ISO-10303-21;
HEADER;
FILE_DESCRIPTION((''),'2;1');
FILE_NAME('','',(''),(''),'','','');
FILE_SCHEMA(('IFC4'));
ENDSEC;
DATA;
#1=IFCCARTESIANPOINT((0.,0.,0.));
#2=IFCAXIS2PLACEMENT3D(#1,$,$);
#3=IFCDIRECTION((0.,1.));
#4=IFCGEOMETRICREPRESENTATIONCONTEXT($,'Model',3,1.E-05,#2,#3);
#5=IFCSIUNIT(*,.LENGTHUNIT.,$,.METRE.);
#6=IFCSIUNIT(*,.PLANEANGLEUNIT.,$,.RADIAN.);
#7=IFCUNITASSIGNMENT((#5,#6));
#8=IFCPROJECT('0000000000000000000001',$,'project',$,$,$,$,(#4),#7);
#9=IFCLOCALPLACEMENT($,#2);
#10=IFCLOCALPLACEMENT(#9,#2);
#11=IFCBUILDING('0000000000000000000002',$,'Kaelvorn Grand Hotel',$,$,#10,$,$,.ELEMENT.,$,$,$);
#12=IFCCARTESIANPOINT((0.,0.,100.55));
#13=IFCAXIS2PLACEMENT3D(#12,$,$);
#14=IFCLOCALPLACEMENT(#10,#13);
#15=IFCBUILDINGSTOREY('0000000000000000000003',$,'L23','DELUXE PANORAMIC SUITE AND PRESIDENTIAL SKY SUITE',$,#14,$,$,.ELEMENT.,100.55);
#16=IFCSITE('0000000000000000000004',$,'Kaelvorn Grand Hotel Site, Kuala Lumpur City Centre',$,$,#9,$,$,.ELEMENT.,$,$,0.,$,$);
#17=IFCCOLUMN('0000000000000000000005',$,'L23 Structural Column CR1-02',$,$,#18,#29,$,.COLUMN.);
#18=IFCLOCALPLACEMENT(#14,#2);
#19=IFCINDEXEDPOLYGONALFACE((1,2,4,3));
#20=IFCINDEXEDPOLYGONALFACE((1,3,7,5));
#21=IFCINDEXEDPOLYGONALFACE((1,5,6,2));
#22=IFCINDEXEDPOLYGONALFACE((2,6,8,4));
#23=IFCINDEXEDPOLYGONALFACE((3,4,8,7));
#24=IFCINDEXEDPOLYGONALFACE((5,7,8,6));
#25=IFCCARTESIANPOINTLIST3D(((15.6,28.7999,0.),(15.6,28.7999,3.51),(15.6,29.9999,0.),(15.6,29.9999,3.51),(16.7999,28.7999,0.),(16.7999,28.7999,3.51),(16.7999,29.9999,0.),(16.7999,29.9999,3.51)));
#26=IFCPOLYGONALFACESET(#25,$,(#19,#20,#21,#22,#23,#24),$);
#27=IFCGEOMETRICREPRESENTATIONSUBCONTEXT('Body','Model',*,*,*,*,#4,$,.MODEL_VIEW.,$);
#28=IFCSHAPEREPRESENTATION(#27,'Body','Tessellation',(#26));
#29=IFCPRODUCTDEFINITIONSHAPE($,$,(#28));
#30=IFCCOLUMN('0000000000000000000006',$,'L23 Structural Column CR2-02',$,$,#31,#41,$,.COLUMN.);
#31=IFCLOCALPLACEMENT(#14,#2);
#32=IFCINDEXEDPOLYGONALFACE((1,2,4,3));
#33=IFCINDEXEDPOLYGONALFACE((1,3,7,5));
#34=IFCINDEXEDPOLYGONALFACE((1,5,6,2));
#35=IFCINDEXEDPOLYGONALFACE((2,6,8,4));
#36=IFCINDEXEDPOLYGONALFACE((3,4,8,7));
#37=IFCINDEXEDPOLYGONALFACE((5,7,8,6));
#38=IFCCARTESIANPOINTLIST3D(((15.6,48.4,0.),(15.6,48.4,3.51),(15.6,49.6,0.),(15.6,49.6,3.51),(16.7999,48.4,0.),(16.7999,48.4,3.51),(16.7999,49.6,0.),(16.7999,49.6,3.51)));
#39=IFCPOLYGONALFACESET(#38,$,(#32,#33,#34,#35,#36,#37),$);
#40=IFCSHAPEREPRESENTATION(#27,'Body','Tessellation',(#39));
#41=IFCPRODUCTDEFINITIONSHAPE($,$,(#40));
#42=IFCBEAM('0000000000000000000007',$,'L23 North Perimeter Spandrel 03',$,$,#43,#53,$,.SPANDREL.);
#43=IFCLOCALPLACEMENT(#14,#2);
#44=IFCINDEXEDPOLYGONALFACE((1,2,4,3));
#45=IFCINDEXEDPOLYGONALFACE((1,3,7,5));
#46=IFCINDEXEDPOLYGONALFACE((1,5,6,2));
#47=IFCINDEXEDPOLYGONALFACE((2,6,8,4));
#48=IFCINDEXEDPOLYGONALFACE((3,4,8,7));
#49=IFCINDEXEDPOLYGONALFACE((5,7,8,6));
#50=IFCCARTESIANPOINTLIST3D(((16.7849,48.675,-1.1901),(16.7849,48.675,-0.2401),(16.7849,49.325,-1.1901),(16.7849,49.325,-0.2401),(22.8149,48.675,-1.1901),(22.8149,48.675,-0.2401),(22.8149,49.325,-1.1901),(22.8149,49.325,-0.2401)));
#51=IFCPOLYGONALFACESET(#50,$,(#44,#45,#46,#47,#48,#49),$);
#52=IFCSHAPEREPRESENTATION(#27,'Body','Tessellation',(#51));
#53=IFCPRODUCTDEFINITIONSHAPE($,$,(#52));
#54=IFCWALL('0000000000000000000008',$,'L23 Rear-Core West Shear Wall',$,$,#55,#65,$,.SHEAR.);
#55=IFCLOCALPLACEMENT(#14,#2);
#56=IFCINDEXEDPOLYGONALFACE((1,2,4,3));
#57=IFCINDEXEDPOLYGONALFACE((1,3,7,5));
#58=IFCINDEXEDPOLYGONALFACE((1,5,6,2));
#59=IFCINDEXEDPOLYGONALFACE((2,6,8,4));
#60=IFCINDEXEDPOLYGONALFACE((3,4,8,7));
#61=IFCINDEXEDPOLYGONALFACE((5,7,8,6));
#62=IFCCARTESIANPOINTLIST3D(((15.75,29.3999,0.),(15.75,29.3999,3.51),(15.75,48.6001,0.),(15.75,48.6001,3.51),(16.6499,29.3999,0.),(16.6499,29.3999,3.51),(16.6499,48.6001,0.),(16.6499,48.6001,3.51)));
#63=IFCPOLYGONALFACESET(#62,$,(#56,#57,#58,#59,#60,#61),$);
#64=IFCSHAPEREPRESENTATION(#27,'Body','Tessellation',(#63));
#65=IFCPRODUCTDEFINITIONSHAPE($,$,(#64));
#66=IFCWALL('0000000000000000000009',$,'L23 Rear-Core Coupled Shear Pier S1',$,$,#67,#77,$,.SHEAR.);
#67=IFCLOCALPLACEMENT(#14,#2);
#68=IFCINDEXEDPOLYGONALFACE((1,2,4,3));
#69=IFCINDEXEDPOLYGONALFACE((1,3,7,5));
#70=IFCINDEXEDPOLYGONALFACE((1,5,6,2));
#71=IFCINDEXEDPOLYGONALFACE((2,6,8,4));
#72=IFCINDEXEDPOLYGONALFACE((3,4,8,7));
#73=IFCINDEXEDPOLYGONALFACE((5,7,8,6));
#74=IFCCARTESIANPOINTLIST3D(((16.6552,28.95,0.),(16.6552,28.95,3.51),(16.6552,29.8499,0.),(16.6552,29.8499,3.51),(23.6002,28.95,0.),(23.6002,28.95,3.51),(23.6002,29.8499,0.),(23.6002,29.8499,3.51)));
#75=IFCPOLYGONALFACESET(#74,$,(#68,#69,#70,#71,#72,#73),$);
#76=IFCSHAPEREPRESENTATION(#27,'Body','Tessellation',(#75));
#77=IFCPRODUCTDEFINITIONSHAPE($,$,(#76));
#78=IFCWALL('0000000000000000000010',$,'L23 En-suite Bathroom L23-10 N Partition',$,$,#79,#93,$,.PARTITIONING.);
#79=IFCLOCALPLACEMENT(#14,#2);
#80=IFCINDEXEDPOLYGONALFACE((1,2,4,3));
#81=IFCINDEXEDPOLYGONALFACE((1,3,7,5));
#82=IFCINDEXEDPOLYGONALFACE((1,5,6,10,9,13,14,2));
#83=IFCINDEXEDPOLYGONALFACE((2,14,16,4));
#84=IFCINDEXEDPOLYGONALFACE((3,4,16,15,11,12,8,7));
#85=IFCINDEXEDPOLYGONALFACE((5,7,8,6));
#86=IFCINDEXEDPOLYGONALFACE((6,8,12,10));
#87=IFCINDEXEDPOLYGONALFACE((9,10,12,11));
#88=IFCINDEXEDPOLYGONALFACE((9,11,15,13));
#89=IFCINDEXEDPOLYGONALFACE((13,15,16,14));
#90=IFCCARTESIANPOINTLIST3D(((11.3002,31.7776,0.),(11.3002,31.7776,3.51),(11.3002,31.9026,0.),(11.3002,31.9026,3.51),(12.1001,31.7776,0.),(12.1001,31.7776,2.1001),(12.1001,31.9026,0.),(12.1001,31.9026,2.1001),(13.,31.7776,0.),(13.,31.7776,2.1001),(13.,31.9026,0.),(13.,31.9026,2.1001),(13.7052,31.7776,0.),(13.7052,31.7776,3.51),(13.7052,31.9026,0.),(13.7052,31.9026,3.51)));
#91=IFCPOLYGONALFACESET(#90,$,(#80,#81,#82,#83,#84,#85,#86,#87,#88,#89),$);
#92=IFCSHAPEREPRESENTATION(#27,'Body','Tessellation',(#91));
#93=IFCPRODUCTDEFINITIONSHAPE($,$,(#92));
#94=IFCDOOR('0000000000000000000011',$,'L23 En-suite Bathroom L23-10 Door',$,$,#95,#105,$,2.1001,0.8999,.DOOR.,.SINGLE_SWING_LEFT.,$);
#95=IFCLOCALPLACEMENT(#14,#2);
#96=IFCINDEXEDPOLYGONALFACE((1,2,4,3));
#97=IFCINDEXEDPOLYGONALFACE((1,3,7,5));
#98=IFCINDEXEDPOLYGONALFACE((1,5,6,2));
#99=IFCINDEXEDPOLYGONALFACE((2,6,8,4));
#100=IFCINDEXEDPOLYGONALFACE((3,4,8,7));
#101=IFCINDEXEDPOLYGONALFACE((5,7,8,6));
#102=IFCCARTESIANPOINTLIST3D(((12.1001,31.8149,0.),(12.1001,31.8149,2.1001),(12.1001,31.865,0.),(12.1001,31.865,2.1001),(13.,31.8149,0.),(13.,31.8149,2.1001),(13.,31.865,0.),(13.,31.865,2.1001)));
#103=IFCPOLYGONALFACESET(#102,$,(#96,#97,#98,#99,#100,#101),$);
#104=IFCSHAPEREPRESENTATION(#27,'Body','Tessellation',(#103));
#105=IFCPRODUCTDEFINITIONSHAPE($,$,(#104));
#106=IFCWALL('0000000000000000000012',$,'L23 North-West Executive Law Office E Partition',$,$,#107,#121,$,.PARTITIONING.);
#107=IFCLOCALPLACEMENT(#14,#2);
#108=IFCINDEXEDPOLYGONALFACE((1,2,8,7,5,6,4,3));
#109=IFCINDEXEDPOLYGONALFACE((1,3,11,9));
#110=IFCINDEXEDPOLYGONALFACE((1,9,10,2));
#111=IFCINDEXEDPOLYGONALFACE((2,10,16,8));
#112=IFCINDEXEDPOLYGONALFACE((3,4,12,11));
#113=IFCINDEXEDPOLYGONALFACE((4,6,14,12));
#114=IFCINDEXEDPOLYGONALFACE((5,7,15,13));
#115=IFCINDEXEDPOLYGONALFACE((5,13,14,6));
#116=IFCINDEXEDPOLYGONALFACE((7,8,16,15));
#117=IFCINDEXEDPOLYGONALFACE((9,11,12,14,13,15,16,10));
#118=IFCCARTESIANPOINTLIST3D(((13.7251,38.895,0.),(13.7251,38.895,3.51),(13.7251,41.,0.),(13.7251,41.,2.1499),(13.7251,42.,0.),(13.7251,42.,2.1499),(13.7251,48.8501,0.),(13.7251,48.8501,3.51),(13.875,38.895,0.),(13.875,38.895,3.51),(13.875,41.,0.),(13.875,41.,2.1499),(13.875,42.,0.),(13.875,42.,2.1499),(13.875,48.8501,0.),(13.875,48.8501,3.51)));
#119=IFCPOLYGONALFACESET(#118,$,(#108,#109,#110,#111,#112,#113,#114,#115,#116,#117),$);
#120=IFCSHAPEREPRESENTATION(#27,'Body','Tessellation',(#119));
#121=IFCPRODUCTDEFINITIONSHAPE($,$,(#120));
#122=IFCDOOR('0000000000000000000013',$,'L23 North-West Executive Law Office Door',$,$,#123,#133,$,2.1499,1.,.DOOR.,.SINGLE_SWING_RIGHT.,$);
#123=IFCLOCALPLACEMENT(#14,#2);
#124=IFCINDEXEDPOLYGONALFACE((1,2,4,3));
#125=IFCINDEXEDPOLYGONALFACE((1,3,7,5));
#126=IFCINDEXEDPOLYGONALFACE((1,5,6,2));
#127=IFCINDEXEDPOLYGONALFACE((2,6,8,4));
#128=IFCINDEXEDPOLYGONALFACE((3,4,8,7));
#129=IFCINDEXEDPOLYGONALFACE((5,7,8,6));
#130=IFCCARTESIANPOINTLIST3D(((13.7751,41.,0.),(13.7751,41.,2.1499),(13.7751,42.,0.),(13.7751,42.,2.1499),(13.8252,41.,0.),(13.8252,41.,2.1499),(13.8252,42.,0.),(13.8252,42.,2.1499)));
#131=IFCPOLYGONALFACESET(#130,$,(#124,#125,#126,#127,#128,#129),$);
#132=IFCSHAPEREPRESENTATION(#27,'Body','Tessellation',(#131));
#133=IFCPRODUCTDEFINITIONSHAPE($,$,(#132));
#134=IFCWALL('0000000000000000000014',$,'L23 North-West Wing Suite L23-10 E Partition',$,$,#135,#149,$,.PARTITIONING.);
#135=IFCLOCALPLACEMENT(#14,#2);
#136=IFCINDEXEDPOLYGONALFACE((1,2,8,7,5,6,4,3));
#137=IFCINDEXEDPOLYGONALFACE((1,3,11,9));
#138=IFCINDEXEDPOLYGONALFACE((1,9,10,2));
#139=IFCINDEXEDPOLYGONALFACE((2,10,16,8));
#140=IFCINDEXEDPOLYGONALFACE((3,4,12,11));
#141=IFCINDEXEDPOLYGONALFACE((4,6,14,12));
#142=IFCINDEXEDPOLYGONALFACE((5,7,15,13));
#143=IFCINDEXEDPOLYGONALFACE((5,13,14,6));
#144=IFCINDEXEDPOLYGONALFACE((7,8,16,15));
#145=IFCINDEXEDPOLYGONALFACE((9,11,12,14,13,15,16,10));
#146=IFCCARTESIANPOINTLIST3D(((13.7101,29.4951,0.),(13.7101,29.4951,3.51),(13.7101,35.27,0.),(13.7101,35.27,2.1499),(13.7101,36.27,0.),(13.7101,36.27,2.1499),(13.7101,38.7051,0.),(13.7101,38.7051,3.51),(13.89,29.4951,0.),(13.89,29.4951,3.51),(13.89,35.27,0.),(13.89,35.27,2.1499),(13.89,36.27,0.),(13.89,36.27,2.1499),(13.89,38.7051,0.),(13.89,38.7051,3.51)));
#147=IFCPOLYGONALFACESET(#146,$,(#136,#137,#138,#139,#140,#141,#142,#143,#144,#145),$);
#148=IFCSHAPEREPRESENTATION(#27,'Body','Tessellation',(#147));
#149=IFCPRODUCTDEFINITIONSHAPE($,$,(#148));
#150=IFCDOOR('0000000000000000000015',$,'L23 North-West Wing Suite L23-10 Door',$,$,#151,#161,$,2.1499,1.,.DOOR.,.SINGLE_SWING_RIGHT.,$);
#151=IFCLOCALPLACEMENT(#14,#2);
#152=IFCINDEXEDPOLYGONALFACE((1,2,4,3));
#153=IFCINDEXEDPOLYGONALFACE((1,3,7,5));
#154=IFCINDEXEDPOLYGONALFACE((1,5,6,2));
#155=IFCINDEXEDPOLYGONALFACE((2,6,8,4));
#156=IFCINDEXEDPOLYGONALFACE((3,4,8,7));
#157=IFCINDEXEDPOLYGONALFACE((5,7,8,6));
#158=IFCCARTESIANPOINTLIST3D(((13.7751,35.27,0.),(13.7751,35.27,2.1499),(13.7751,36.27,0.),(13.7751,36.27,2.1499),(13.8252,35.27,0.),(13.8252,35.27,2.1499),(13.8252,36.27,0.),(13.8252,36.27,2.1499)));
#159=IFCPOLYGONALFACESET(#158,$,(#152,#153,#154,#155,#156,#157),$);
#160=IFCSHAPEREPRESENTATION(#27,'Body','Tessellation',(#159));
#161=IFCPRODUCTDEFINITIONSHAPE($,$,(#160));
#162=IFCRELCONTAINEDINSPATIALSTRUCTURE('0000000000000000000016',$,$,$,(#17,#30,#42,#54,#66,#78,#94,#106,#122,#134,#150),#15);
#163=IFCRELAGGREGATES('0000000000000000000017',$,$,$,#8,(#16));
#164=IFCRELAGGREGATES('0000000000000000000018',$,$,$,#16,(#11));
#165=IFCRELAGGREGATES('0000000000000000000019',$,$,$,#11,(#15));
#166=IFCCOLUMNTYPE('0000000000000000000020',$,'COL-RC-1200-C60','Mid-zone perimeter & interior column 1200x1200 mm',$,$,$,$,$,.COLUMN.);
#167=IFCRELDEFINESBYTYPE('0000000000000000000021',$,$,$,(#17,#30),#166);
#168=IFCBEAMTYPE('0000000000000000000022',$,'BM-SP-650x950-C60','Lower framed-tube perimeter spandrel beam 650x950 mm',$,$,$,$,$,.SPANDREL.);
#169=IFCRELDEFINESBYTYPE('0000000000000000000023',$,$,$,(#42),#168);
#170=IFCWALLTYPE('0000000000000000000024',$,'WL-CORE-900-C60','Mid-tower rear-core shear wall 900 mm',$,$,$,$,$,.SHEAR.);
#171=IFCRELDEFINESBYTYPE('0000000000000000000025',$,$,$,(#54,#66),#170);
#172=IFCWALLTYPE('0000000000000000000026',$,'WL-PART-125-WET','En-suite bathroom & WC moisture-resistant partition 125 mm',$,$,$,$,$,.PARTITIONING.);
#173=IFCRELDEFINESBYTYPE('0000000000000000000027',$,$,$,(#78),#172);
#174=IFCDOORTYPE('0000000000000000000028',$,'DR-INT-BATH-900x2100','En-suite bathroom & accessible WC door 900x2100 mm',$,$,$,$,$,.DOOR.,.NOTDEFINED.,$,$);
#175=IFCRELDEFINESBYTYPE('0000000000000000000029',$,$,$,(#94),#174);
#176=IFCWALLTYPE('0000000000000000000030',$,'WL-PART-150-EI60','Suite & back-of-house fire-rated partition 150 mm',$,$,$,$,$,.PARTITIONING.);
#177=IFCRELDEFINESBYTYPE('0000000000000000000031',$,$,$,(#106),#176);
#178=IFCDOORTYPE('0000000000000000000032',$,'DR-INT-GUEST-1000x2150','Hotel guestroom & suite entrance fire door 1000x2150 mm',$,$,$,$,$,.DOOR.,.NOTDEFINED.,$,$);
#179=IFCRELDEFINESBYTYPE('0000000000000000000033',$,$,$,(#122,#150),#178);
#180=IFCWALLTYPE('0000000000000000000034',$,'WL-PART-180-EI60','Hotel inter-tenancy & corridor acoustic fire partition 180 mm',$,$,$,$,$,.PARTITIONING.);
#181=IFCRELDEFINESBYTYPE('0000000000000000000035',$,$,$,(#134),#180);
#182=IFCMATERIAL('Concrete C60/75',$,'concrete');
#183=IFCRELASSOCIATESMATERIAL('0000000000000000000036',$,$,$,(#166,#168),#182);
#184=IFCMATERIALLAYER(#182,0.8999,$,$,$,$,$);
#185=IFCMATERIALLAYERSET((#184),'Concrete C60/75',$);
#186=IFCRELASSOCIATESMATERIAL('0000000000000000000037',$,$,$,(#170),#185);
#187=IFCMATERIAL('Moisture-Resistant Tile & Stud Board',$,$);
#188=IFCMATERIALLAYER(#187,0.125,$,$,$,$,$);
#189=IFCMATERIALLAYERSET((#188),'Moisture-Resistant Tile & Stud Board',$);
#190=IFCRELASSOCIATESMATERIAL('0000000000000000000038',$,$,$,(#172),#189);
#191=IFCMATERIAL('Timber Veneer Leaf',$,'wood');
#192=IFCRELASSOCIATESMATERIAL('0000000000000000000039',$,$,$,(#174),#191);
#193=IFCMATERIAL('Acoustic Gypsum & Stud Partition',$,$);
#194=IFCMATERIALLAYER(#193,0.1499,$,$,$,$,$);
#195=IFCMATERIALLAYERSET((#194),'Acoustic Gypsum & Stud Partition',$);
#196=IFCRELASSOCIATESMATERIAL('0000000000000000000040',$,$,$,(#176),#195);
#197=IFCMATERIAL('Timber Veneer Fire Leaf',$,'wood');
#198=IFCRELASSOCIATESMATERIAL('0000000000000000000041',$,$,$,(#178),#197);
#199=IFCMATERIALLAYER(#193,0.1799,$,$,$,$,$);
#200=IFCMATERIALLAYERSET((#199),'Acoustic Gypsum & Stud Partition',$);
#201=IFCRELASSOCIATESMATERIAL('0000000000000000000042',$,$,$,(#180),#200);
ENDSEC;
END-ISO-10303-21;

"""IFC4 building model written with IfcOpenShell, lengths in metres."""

from ifc_helpers import new_model, si_unit, direction, frame, frame_2d, origin, origin_2d, place, context, subcontext, project, spatial, rectangle, extrude, material, layer, layer_set, material_profile, profile_set, type_object, element, fill, save


model = new_model("IFC4")

# Units and contexts
model_context = context("Model", 3, precision=1e-05, world=origin(), true_north=direction((0.0, 1.0)))
body_context = subcontext(model_context, "Body", "Model", "MODEL_VIEW")
ifc_project = project(units=[si_unit("LENGTHUNIT", "METRE"), si_unit("PLANEANGLEUNIT", "RADIAN")], contexts=[model_context])

# Site, building, storey
site_placement = place(None, origin())
site = spatial("IfcSite", under=ifc_project, at=site_placement, Name="Kaelvorn Grand Hotel Site, Kuala Lumpur City Centre", CompositionType="ELEMENT", RefElevation=0.0)
building_placement = place(site_placement, origin())
building = spatial("IfcBuilding", under=site, at=building_placement, Name="Kaelvorn Grand Hotel", CompositionType="ELEMENT")
storey_placement = place(building_placement, frame((0.0, 0.0, 100.55)))
storey = spatial("IfcBuildingStorey", under=building, at=storey_placement, Name="L23", Description="DELUXE PANORAMIC SUITE AND PRESIDENTIAL SKY SUITE", CompositionType="ELEMENT", Elevation=100.55)

# Columns
ifc_material_1 = material(Name="Concrete C60/75", Category="concrete")
ifc_material_profile_1 = material_profile(ifc_material_1, rectangle(XDim=1.2, YDim=1.2, at=origin_2d()), Name="RC COL 1200x1200")
ifc_profile_set_1 = profile_set([ifc_material_profile_1], Name="Concrete C60/75")
column_type = type_object("IfcColumnType", Name="COL-RC-1200-C60", Description="Mid-zone perimeter & interior column 1200x1200 mm", PredefinedType="COLUMN", material=ifc_profile_set_1)
for number, where, z_axis, x_axis, name in (
    (1, (16.2, 29.3999, 0.0), (0.0, 0.0, 1.0), (1.0, 0.0, 0.0), "L23 Structural Column CR1-02"),
    (2, (16.2, 49.0, 0.0), (0.0, 0.0, 1.0), (1.0, 0.0, 0.0), "L23 Structural Column CR2-02"),
):
    element("IfcColumn", number, at=place(storey_placement, frame(where, z_axis=z_axis, x_axis=x_axis)), inside=storey, type_object=column_type, Name=name, PredefinedType="COLUMN", context=body_context, shape_type="SweptSolid", body=[
        extrude(rectangle(XDim=1.2, YDim=1.2, at=origin_2d()), origin(), (0.0, 0.0, 1.0), 3.51),
    ])

# Beam
ifc_material_profile_2 = material_profile(ifc_material_1, rectangle(XDim=0.6499, YDim=0.95, at=origin_2d()), Name="RC SPANDREL 650x950")
ifc_profile_set_2 = profile_set([ifc_material_profile_2], Name="Concrete C60/75")
beam_type = type_object("IfcBeamType", Name="BM-SP-650x950-C60", Description="Lower framed-tube perimeter spandrel beam 650x950 mm", PredefinedType="SPANDREL", material=ifc_profile_set_2)
beam_placement = place(storey_placement, frame((16.7849, 49.0, -0.7151), z_axis=(1.0, 0.0, 0.0), x_axis=(0.0, 1.0, 0.0)))
element("IfcBeam", 3, at=beam_placement, inside=storey, type_object=beam_type, Name="L23 North Perimeter Spandrel 03", PredefinedType="SPANDREL", context=body_context, shape_type="SweptSolid", body=[
    extrude(rectangle(XDim=0.6499, YDim=0.95, at=origin_2d()), origin(), (0.0, 0.0, 1.0), 6.03),
])

# Walls
ifc_layer_1 = layer(ifc_material_1, 0.8999)
ifc_layer_set_1 = layer_set([ifc_layer_1], Name="Concrete C60/75")
wall_type_1 = type_object("IfcWallType", Name="WL-CORE-900-C60", Description="Mid-tower rear-core shear wall 900 mm", PredefinedType="SHEAR", material=ifc_layer_set_1)
wall_1_placement = place(storey_placement, frame((16.2, 29.3999, 0.0), z_axis=(0.0, 0.0, 1.0), x_axis=(0.0, 1.0, 0.0)))
element("IfcWall", 4, at=wall_1_placement, inside=storey, type_object=wall_type_1, Name="L23 Rear-Core West Shear Wall", PredefinedType="SHEAR", context=body_context, shape_type="SweptSolid", body=[
    extrude(rectangle(XDim=19.2002, YDim=0.8999, at=frame_2d((9.6001, 0.0))), origin(), (0.0, 0.0, 1.0), 3.51),
])
wall_2_placement = place(storey_placement, frame((16.655, 29.3999, 0.0), z_axis=(0.0, 0.0, 1.0), x_axis=(1.0, 0.0, 0.0)))
element("IfcWall", 5, at=wall_2_placement, inside=storey, type_object=wall_type_1, Name="L23 Rear-Core Coupled Shear Pier S1", PredefinedType="SHEAR", context=body_context, shape_type="SweptSolid", body=[
    extrude(rectangle(XDim=6.9451, YDim=0.8999, at=frame_2d((3.4727, 0.0))), origin(), (0.0, 0.0, 1.0), 3.51),
])

# Walls, openings, doors
ifc_material_2 = material(Name="Moisture-Resistant Tile & Stud Board")
ifc_layer_2 = layer(ifc_material_2, 0.125)
ifc_layer_set_2 = layer_set([ifc_layer_2], Name="Moisture-Resistant Tile & Stud Board")
wall_type_2 = type_object("IfcWallType", Name="WL-PART-125-WET", Description="En-suite bathroom & WC moisture-resistant partition 125 mm", PredefinedType="PARTITIONING", material=ifc_layer_set_2)
wall_3_placement = place(storey_placement, frame((11.3, 31.8401, 0.0), z_axis=(0.0, 0.0, 1.0), x_axis=(1.0, 0.0, 0.0)))
wall_3 = element("IfcWall", 6, at=wall_3_placement, inside=storey, type_object=wall_type_2, Name="L23 En-suite Bathroom L23-10 N Partition", PredefinedType="PARTITIONING", context=body_context, shape_type="SweptSolid", body=[
    extrude(rectangle(XDim=2.405, YDim=0.125, at=frame_2d((1.2026, 0.0))), origin(), (0.0, 0.0, 1.0), 3.51),
])
opening_1_placement = place(wall_3_placement, frame((0.8, 0.0, 0.0)))
opening_1 = element("IfcOpeningElement", 7, at=opening_1_placement, cuts=wall_3, PredefinedType="OPENING", context=body_context, shape_type="SweptSolid", body=[
    extrude(rectangle(XDim=0.8999, YDim=2.1001, at=frame_2d((0.45, 1.05))), frame((0.0, 0.0725, 0.0), z_axis=(0.0, -1.0, 0.0), x_axis=(1.0, 0.0, 0.0)), (0.0, 0.0, 1.0), 0.145),
])
ifc_material_3 = material(Name="Timber Veneer Leaf", Category="wood")
door_type_1 = type_object("IfcDoorType", Name="DR-INT-BATH-900x2100", Description="En-suite bathroom & accessible WC door 900x2100 mm", OperationType="NOTDEFINED", PredefinedType="DOOR", material=ifc_material_3)
door_1_placement = place(opening_1_placement, origin())
door_1 = element("IfcDoor", 8, at=door_1_placement, inside=storey, type_object=door_type_1, Name="L23 En-suite Bathroom L23-10 Door", OperationType="SINGLE_SWING_LEFT", OverallHeight=2.1001, OverallWidth=0.8999, PredefinedType="DOOR", context=body_context, shape_type="SweptSolid", body=[
    extrude(rectangle(XDim=0.8999, YDim=2.1001, at=frame_2d((0.45, 1.05))), frame((0.0, 0.0249, 0.0), z_axis=(0.0, -1.0, 0.0), x_axis=(1.0, 0.0, 0.0)), (0.0, 0.0, 1.0), 0.05),
])
fill(opening_1, door_1)
ifc_material_4 = material(Name="Acoustic Gypsum & Stud Partition")
ifc_layer_3 = layer(ifc_material_4, 0.1499)
ifc_layer_set_3 = layer_set([ifc_layer_3], Name="Acoustic Gypsum & Stud Partition")
wall_type_3 = type_object("IfcWallType", Name="WL-PART-150-EI60", Description="Suite & back-of-house fire-rated partition 150 mm", PredefinedType="PARTITIONING", material=ifc_layer_set_3)
wall_4_placement = place(storey_placement, frame((13.8, 38.895, 0.0), z_axis=(0.0, 0.0, 1.0), x_axis=(0.0, 1.0, 0.0)))
wall_4 = element("IfcWall", 9, at=wall_4_placement, inside=storey, type_object=wall_type_3, Name="L23 North-West Executive Law Office E Partition", PredefinedType="PARTITIONING", context=body_context, shape_type="SweptSolid", body=[
    extrude(rectangle(XDim=9.9551, YDim=0.1499, at=frame_2d((4.9775, 0.0))), origin(), (0.0, 0.0, 1.0), 3.51),
])
opening_2_placement = place(wall_4_placement, frame((2.105, 0.0, 0.0)))
opening_2 = element("IfcOpeningElement", 10, at=opening_2_placement, cuts=wall_4, PredefinedType="OPENING", context=body_context, shape_type="SweptSolid", body=[
    extrude(rectangle(XDim=1.0, YDim=2.1499, at=frame_2d((0.5, 1.075))), frame((0.0, 0.085, 0.0), z_axis=(0.0, -1.0, 0.0), x_axis=(1.0, 0.0, 0.0)), (0.0, 0.0, 1.0), 0.1699),
])
ifc_material_5 = material(Name="Timber Veneer Fire Leaf", Category="wood")
door_type_2 = type_object("IfcDoorType", Name="DR-INT-GUEST-1000x2150", Description="Hotel guestroom & suite entrance fire door 1000x2150 mm", OperationType="NOTDEFINED", PredefinedType="DOOR", material=ifc_material_5)
door_2_placement = place(opening_2_placement, origin())
door_2 = element("IfcDoor", 11, at=door_2_placement, inside=storey, type_object=door_type_2, Name="L23 North-West Executive Law Office Door", OperationType="SINGLE_SWING_RIGHT", OverallHeight=2.1499, OverallWidth=1.0, PredefinedType="DOOR", context=body_context, shape_type="SweptSolid", body=[
    extrude(rectangle(XDim=1.0, YDim=2.1499, at=frame_2d((0.5, 1.075))), frame((0.0, 0.0249, 0.0), z_axis=(0.0, -1.0, 0.0), x_axis=(1.0, 0.0, 0.0)), (0.0, 0.0, 1.0), 0.05),
])
fill(opening_2, door_2)
ifc_layer_4 = layer(ifc_material_4, 0.1799)
ifc_layer_set_4 = layer_set([ifc_layer_4], Name="Acoustic Gypsum & Stud Partition")
wall_type_4 = type_object("IfcWallType", Name="WL-PART-180-EI60", Description="Hotel inter-tenancy & corridor acoustic fire partition 180 mm", PredefinedType="PARTITIONING", material=ifc_layer_set_4)
wall_5_placement = place(storey_placement, frame((13.8, 29.4951, 0.0), z_axis=(0.0, 0.0, 1.0), x_axis=(0.0, 1.0, 0.0)))
wall_5 = element("IfcWall", 12, at=wall_5_placement, inside=storey, type_object=wall_type_4, Name="L23 North-West Wing Suite L23-10 E Partition", PredefinedType="PARTITIONING", context=body_context, shape_type="SweptSolid", body=[
    extrude(rectangle(XDim=9.21, YDim=0.1799, at=frame_2d((4.605, 0.0))), origin(), (0.0, 0.0, 1.0), 3.51),
])
opening_3_placement = place(wall_5_placement, frame((5.7749, 0.0, 0.0)))
opening_3 = element("IfcOpeningElement", 13, at=opening_3_placement, cuts=wall_5, PredefinedType="OPENING", context=body_context, shape_type="SweptSolid", body=[
    extrude(rectangle(XDim=1.0, YDim=2.1499, at=frame_2d((0.5, 1.075))), frame((0.0, 0.1001, 0.0), z_axis=(0.0, -1.0, 0.0), x_axis=(1.0, 0.0, 0.0)), (0.0, 0.0, 1.0), 0.2),
])
door_3_placement = place(opening_3_placement, origin())
door_3 = element("IfcDoor", 14, at=door_3_placement, inside=storey, type_object=door_type_2, Name="L23 North-West Wing Suite L23-10 Door", OperationType="SINGLE_SWING_RIGHT", OverallHeight=2.1499, OverallWidth=1.0, PredefinedType="DOOR", context=body_context, shape_type="SweptSolid", body=[
    extrude(rectangle(XDim=1.0, YDim=2.1499, at=frame_2d((0.5, 1.075))), frame((0.0, 0.0249, 0.0), z_axis=(0.0, -1.0, 0.0), x_axis=(1.0, 0.0, 0.0)), (0.0, 0.0, 1.0), 0.05),
])
fill(opening_3, door_3)

save(model, "model.ifc")
